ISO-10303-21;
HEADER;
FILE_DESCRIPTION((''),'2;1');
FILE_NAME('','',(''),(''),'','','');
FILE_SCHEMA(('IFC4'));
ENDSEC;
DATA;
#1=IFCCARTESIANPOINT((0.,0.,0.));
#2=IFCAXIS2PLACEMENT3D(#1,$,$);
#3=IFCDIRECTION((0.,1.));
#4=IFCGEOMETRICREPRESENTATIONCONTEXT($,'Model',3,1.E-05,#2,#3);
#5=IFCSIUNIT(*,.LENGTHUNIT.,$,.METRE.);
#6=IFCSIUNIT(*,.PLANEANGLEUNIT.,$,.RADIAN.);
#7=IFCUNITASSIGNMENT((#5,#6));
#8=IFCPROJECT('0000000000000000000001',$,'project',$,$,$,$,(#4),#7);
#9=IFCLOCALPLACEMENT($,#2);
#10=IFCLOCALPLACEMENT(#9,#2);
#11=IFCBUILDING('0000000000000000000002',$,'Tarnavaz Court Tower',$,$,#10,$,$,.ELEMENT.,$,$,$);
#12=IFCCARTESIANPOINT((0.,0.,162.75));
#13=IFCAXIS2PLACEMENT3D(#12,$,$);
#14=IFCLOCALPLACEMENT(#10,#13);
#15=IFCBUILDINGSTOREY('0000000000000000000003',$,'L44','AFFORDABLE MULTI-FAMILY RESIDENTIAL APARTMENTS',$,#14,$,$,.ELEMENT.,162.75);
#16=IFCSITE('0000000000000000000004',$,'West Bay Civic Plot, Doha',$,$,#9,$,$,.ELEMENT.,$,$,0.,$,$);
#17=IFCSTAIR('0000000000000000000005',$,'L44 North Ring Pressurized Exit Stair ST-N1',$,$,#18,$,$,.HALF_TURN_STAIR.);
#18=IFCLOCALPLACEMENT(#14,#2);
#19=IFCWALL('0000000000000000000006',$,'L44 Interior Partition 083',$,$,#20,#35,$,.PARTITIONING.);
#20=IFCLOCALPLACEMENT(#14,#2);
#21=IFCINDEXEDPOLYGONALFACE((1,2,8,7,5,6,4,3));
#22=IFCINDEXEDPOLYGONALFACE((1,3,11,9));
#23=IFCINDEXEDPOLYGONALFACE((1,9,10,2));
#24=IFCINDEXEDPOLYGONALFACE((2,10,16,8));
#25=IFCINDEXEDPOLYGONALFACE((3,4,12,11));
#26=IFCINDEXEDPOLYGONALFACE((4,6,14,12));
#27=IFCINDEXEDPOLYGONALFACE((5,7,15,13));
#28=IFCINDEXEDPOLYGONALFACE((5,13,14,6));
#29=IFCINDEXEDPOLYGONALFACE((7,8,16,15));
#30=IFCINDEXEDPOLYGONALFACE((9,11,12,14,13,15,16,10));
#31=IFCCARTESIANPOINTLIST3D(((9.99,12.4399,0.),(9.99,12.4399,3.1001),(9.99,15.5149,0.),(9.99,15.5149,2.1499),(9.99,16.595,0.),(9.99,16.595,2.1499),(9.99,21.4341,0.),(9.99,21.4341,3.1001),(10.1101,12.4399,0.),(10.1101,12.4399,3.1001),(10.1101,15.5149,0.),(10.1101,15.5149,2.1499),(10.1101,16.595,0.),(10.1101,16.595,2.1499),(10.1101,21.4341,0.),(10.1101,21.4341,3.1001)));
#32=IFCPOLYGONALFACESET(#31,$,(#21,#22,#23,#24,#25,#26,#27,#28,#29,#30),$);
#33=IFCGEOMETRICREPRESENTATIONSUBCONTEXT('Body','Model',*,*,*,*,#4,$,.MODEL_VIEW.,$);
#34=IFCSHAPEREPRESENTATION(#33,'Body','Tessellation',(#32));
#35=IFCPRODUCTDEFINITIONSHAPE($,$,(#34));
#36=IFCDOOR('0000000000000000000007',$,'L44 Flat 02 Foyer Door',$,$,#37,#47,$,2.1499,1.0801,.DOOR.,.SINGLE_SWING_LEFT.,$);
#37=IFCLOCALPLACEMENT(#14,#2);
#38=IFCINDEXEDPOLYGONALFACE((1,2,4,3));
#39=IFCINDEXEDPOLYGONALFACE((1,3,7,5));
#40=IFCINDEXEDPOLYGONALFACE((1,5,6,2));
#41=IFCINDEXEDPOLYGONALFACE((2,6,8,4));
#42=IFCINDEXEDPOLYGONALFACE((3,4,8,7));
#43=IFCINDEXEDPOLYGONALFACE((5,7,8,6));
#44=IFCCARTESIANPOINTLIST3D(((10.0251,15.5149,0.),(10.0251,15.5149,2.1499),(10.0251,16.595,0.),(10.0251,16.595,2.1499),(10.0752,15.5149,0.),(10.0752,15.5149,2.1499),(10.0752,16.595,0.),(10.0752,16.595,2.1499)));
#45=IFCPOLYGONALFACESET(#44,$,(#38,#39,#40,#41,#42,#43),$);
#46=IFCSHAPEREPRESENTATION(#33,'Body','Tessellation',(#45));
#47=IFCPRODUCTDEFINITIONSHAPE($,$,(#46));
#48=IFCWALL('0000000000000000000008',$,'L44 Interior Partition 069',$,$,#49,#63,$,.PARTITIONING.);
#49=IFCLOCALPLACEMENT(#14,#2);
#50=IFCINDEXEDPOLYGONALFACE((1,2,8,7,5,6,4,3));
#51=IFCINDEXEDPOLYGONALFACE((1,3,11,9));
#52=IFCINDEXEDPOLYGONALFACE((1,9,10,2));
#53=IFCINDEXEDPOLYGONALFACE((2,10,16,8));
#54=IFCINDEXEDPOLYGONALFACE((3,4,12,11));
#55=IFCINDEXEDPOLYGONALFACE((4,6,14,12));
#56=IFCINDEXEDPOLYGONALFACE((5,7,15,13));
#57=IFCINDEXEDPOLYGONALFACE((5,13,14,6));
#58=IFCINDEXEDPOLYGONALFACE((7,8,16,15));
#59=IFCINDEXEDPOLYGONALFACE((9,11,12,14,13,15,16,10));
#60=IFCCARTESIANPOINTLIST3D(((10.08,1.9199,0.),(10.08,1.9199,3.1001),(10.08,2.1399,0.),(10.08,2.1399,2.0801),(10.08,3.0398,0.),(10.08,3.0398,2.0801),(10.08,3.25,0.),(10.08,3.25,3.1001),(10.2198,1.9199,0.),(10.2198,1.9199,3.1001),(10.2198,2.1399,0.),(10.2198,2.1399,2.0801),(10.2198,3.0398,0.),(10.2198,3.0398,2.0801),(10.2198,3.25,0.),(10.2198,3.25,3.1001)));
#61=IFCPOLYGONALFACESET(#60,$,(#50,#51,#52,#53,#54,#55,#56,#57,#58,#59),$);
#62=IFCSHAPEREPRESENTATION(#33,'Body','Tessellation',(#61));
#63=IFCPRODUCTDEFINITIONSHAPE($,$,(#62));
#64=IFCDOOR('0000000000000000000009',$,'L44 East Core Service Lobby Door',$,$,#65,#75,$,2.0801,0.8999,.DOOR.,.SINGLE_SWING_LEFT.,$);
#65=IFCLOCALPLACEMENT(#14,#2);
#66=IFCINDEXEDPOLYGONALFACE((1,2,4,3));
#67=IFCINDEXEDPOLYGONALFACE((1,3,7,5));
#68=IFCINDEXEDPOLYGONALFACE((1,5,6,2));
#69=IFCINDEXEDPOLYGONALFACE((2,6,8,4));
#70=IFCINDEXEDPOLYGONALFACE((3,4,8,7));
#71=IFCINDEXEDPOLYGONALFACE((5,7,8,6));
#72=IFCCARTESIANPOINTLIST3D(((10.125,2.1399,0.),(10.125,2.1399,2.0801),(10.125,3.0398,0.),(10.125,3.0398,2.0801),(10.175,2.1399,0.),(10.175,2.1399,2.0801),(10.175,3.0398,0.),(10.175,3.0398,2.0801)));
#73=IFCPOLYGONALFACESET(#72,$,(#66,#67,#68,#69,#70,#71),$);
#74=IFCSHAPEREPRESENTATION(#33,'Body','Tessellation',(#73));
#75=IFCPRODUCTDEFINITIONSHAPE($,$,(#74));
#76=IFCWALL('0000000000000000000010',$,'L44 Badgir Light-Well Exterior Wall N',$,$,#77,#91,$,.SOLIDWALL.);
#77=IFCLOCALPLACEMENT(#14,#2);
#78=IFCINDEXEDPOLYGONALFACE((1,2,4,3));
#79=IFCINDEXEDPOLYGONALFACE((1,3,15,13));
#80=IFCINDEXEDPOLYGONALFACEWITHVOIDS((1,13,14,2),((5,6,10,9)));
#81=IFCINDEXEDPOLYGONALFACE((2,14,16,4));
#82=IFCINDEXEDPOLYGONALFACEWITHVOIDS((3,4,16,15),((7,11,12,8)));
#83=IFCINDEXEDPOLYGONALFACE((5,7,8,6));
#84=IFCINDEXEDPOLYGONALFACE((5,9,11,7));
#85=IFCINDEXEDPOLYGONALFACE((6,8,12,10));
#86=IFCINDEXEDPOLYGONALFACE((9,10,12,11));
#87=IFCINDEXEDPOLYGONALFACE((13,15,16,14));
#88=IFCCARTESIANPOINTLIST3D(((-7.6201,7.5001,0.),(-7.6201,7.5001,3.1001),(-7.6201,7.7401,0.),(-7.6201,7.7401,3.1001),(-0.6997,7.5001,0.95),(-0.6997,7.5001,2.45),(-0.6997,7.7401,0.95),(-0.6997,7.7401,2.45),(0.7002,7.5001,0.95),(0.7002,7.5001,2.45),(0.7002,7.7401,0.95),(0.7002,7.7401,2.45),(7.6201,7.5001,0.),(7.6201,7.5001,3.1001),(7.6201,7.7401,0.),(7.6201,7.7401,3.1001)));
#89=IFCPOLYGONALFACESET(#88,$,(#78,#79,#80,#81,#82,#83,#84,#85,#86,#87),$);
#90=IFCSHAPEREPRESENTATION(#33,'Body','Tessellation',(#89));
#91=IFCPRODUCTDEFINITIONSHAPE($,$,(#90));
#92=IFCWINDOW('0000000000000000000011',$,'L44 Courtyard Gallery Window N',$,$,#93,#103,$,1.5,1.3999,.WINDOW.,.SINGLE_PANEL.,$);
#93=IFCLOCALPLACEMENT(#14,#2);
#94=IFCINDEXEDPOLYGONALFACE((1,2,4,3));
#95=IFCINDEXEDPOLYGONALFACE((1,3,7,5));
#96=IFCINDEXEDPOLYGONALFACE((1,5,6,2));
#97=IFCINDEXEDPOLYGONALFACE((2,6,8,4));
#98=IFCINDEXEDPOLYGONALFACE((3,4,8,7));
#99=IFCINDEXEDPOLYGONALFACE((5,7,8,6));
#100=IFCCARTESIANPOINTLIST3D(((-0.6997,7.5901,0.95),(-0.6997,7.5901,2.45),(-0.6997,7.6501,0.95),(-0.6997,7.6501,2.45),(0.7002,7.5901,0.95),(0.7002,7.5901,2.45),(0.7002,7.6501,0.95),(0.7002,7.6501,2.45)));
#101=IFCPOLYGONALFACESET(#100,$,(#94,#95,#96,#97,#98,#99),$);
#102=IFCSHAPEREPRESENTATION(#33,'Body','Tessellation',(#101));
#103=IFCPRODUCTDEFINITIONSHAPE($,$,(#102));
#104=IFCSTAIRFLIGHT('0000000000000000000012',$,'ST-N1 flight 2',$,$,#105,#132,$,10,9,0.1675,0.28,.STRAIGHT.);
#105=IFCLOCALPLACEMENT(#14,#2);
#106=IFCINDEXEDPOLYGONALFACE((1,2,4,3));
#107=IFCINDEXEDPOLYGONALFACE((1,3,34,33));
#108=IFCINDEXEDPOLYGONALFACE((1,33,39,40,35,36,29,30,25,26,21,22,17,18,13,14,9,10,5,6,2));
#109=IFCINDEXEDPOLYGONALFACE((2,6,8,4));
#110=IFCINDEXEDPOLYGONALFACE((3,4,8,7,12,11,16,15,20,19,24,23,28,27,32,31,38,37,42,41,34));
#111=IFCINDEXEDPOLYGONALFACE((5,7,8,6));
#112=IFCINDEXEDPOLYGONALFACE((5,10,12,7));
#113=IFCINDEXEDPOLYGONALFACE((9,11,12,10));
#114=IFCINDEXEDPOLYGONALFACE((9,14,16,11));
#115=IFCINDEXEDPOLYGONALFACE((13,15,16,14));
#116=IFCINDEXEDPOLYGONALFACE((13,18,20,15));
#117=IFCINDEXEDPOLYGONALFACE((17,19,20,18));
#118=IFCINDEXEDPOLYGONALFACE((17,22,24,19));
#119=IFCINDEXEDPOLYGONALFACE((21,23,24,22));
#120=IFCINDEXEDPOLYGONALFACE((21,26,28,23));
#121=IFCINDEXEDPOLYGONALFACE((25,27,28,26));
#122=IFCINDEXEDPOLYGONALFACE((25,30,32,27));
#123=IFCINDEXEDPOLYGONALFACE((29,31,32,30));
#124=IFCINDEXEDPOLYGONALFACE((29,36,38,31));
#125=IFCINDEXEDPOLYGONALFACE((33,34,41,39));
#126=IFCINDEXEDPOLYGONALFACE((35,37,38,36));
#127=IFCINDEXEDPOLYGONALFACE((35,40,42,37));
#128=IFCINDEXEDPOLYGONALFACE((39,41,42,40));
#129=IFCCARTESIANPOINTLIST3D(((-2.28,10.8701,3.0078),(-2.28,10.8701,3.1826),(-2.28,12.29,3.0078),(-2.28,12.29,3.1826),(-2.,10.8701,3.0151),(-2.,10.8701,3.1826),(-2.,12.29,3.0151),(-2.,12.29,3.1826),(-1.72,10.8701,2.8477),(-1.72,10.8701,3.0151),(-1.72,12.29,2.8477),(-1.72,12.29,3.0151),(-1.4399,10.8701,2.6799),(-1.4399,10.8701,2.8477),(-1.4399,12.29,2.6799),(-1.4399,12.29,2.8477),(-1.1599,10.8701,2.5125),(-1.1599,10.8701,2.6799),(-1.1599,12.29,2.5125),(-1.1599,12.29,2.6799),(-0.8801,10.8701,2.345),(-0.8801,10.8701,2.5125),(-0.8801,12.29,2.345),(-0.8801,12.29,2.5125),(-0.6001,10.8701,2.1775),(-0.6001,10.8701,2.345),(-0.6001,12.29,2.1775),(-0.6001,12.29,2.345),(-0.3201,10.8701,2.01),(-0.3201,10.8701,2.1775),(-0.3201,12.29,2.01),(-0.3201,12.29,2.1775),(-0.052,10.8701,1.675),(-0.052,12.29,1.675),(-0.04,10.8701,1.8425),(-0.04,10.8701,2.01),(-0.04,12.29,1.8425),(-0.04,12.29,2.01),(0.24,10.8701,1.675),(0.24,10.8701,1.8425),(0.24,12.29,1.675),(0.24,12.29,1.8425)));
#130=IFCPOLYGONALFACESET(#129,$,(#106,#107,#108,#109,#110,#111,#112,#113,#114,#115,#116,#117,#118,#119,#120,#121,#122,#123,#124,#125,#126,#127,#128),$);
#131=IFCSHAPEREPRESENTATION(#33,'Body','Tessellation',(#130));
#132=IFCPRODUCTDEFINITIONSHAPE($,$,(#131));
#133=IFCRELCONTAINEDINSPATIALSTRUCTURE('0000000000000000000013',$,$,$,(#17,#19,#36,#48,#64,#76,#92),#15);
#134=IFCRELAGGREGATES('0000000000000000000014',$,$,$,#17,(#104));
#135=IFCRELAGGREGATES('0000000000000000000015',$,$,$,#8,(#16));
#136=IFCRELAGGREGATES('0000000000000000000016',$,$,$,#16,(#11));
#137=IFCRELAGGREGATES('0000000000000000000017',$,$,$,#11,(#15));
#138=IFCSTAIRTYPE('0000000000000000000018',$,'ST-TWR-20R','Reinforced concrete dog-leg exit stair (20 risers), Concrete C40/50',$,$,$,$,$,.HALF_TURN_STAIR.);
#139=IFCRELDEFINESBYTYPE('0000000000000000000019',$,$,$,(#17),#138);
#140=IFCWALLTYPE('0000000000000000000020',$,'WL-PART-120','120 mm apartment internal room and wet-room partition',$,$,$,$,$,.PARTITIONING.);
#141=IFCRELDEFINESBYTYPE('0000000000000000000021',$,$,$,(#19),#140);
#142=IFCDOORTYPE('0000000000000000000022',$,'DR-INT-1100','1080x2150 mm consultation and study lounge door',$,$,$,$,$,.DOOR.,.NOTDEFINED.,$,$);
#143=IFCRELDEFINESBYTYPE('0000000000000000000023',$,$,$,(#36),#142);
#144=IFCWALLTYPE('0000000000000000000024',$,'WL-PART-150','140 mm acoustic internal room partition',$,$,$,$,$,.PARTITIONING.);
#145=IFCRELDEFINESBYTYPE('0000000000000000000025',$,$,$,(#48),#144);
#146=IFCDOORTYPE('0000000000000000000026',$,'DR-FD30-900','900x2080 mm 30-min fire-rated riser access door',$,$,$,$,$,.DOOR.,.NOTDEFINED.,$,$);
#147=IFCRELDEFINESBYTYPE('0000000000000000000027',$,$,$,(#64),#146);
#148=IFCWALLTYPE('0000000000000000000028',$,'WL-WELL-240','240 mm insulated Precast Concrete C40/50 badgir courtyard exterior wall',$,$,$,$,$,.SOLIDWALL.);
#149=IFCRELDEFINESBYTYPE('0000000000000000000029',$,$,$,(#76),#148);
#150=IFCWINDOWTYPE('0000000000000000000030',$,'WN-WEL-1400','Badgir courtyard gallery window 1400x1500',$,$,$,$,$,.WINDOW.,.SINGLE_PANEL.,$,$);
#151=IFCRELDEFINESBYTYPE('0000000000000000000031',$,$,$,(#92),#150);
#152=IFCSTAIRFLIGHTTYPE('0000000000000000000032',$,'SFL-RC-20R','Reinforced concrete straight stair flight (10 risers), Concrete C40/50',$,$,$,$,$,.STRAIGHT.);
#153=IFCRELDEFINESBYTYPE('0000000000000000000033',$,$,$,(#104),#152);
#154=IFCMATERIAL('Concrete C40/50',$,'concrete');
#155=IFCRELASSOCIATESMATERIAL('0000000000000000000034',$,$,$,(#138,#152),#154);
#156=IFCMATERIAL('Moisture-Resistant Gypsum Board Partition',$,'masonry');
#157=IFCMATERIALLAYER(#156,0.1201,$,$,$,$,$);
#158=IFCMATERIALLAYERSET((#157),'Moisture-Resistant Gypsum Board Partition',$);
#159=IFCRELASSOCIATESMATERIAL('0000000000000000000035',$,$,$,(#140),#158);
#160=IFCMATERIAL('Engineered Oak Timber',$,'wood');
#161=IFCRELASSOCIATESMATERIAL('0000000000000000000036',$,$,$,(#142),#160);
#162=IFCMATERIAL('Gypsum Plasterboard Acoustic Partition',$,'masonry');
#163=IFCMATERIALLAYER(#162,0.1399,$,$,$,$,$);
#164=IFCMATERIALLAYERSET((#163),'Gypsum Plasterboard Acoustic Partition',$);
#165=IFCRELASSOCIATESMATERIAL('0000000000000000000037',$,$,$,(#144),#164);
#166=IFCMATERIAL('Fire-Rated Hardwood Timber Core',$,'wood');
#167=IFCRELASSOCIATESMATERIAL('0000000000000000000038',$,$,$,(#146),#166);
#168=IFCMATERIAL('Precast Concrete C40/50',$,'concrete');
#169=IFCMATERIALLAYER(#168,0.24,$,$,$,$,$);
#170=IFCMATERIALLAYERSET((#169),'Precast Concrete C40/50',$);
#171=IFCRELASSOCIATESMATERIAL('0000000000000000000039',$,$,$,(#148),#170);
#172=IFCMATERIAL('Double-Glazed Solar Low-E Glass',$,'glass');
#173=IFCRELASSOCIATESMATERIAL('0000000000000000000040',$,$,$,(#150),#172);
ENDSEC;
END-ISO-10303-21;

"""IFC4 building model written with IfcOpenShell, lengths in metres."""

from ifc_helpers import new_model, si_unit, direction, frame, frame_2d, origin, place, context, subcontext, project, spatial, polyline, rectangle, outline, extrude, material, layer, layer_set, type_object, element, fill, aggregate, save


model = new_model("IFC4")

# Units and contexts
model_context = context("Model", 3, precision=1e-05, world=origin(), true_north=direction((0.0, 1.0)))
body_context = subcontext(model_context, "Body", "Model", "MODEL_VIEW")
ifc_project = project(units=[si_unit("LENGTHUNIT", "METRE"), si_unit("PLANEANGLEUNIT", "RADIAN")], contexts=[model_context])

# Site, building, storey
site_placement = place(None, origin())
site = spatial("IfcSite", under=ifc_project, at=site_placement, Name="West Bay Civic Plot, Doha", CompositionType="ELEMENT", RefElevation=0.0)
building_placement = place(site_placement, origin())
building = spatial("IfcBuilding", under=site, at=building_placement, Name="Tarnavaz Court Tower", CompositionType="ELEMENT")
storey_placement = place(building_placement, frame((0.0, 0.0, 162.75)))
storey = spatial("IfcBuildingStorey", under=building, at=storey_placement, Name="L44", Description="AFFORDABLE MULTI-FAMILY RESIDENTIAL APARTMENTS", CompositionType="ELEMENT", Elevation=162.75)

# Stair
ifc_material_1 = material(Name="Concrete C40/50", Category="concrete")
stair_type = type_object("IfcStairType", Name="ST-TWR-20R", Description="Reinforced concrete dog-leg exit stair (20 risers), Concrete C40/50", PredefinedType="HALF_TURN_STAIR", material=ifc_material_1)
stair_1_placement = place(storey_placement, origin())
stair_1 = element("IfcStair", 1, at=stair_1_placement, inside=storey, type_object=stair_type, Name="L44 North Ring Pressurized Exit Stair ST-N1", PredefinedType="HALF_TURN_STAIR")

# Shared definitions
ifc_material_2 = material(Name="Fire-Rated Hardwood Timber Core", Category="wood")

# Walls, openings, doors
ifc_material_3 = material(Name="Moisture-Resistant Gypsum Board Partition", Category="masonry")
ifc_layer_1 = layer(ifc_material_3, 0.1201)
ifc_layer_set_1 = layer_set([ifc_layer_1], Name="Moisture-Resistant Gypsum Board Partition")
wall_type_1 = type_object("IfcWallType", Name="WL-PART-120", Description="120 mm apartment internal room and wet-room partition", PredefinedType="PARTITIONING", material=ifc_layer_set_1)
wall_1_placement = place(storey_placement, frame((10.05, 12.4399, 0.0), z_axis=(0.0, 0.0, 1.0), x_axis=(0.0, 1.0, 0.0)))
wall_1 = element("IfcWall", 2, at=wall_1_placement, inside=storey, type_object=wall_type_1, Name="L44 Interior Partition 083", PredefinedType="PARTITIONING", context=body_context, shape_type="SweptSolid", body=[
    extrude(rectangle(XDim=8.9941, YDim=0.1201, at=frame_2d((4.4971, 0.0))), origin(), (0.0, 0.0, 1.0), 3.1001),
])
opening_1_placement = place(wall_1_placement, frame((3.075, 0.0, 0.0)))
opening_1 = element("IfcOpeningElement", 3, at=opening_1_placement, cuts=wall_1, PredefinedType="OPENING", context=body_context, shape_type="SweptSolid", body=[
    extrude(rectangle(XDim=1.0801, YDim=2.1499, at=frame_2d((0.54, 1.075))), frame((0.0, 0.0701, 0.0), z_axis=(0.0, -1.0, 0.0), x_axis=(1.0, 0.0, 0.0)), (0.0, 0.0, 1.0), 0.1401),
])
ifc_material_4 = material(Name="Engineered Oak Timber", Category="wood")
door_type_1 = type_object("IfcDoorType", Name="DR-INT-1100", Description="1080x2150 mm consultation and study lounge door", OperationType="NOTDEFINED", PredefinedType="DOOR", material=ifc_material_4)
door_1_placement = place(opening_1_placement, origin())
door_1 = element("IfcDoor", 4, at=door_1_placement, inside=storey, type_object=door_type_1, Name="L44 Flat 02 Foyer Door", OperationType="SINGLE_SWING_LEFT", OverallHeight=2.1499, OverallWidth=1.0801, PredefinedType="DOOR", context=body_context, shape_type="SweptSolid", body=[
    extrude(rectangle(XDim=1.0801, YDim=2.1499, at=frame_2d((0.54, 1.075))), frame((0.0, 0.0249, 0.0), z_axis=(0.0, -1.0, 0.0), x_axis=(1.0, 0.0, 0.0)), (0.0, 0.0, 1.0), 0.05),
])
fill(opening_1, door_1)
ifc_material_5 = material(Name="Gypsum Plasterboard Acoustic Partition", Category="masonry")
ifc_layer_2 = layer(ifc_material_5, 0.1399)
ifc_layer_set_2 = layer_set([ifc_layer_2], Name="Gypsum Plasterboard Acoustic Partition")
wall_type_2 = type_object("IfcWallType", Name="WL-PART-150", Description="140 mm acoustic internal room partition", PredefinedType="PARTITIONING", material=ifc_layer_set_2)
wall_2_placement = place(storey_placement, frame((10.1499, 1.9199, 0.0), z_axis=(0.0, 0.0, 1.0), x_axis=(0.0, 1.0, 0.0)))
wall_2 = element("IfcWall", 5, at=wall_2_placement, inside=storey, type_object=wall_type_2, Name="L44 Interior Partition 069", PredefinedType="PARTITIONING", context=body_context, shape_type="SweptSolid", body=[
    extrude(rectangle(XDim=1.3301, YDim=0.1399, at=frame_2d((0.665, 0.0))), origin(), (0.0, 0.0, 1.0), 3.1001),
])
opening_2_placement = place(wall_2_placement, frame((0.22, 0.0, 0.0)))
opening_2 = element("IfcOpeningElement", 6, at=opening_2_placement, cuts=wall_2, PredefinedType="OPENING", context=body_context, shape_type="SweptSolid", body=[
    extrude(rectangle(XDim=0.8999, YDim=2.0801, at=frame_2d((0.45, 1.04))), frame((0.0, 0.0798, 0.0), z_axis=(0.0, -1.0, 0.0), x_axis=(1.0, 0.0, 0.0)), (0.0, 0.0, 1.0), 0.1599),
])
door_type_2 = type_object("IfcDoorType", Name="DR-FD30-900", Description="900x2080 mm 30-min fire-rated riser access door", OperationType="NOTDEFINED", PredefinedType="DOOR", material=ifc_material_2)
door_2_placement = place(opening_2_placement, origin())
door_2 = element("IfcDoor", 7, at=door_2_placement, inside=storey, type_object=door_type_2, Name="L44 East Core Service Lobby Door", OperationType="SINGLE_SWING_LEFT", OverallHeight=2.0801, OverallWidth=0.8999, PredefinedType="DOOR", context=body_context, shape_type="SweptSolid", body=[
    extrude(rectangle(XDim=0.8999, YDim=2.0801, at=frame_2d((0.45, 1.04))), frame((0.0, 0.0249, 0.0), z_axis=(0.0, -1.0, 0.0), x_axis=(1.0, 0.0, 0.0)), (0.0, 0.0, 1.0), 0.05),
])
fill(opening_2, door_2)

# Wall, opening, window
ifc_material_6 = material(Name="Precast Concrete C40/50", Category="concrete")
ifc_layer_3 = layer(ifc_material_6, 0.24)
ifc_layer_set_3 = layer_set([ifc_layer_3], Name="Precast Concrete C40/50")
wall_type_3 = type_object("IfcWallType", Name="WL-WELL-240", Description="240 mm insulated Precast Concrete C40/50 badgir courtyard exterior wall", PredefinedType="SOLIDWALL", material=ifc_layer_set_3)
wall_3_placement = place(storey_placement, frame((7.6201, 7.6201, 0.0), z_axis=(0.0, 0.0, 1.0), x_axis=(-1.0, 0.0, 0.0)))
wall_3 = element("IfcWall", 8, at=wall_3_placement, inside=storey, type_object=wall_type_3, Name="L44 Badgir Light-Well Exterior Wall N", PredefinedType="SOLIDWALL", context=body_context, shape_type="SweptSolid", body=[
    extrude(rectangle(XDim=15.2402, YDim=0.24, at=frame_2d((7.6201, 0.0))), origin(), (0.0, 0.0, 1.0), 3.1001),
])
opening_3_placement = place(wall_3_placement, frame((6.9199, 0.0, 0.95)))
opening_3 = element("IfcOpeningElement", 9, at=opening_3_placement, cuts=wall_3, PredefinedType="OPENING", context=body_context, shape_type="SweptSolid", body=[
    extrude(rectangle(XDim=1.3999, YDim=1.5, at=frame_2d((0.7, 0.75))), frame((0.0, 0.1299, 0.0), z_axis=(0.0, -1.0, 0.0), x_axis=(1.0, 0.0, 0.0)), (0.0, 0.0, 1.0), 0.26),
])
ifc_material_7 = material(Name="Double-Glazed Solar Low-E Glass", Category="glass")
window_type = type_object("IfcWindowType", Name="WN-WEL-1400", Description="Badgir courtyard gallery window 1400x1500", PartitioningType="SINGLE_PANEL", PredefinedType="WINDOW", material=ifc_material_7)
window_placement = place(opening_3_placement, origin())
window = element("IfcWindow", 10, at=window_placement, inside=storey, type_object=window_type, Name="L44 Courtyard Gallery Window N", OverallHeight=1.5, OverallWidth=1.3999, PartitioningType="SINGLE_PANEL", PredefinedType="WINDOW", context=body_context, shape_type="SweptSolid", body=[
    extrude(rectangle(XDim=1.3999, YDim=1.5, at=frame_2d((0.7, 0.75))), frame((0.0, 0.03, 0.0), z_axis=(0.0, -1.0, 0.0), x_axis=(1.0, 0.0, 0.0)), (0.0, 0.0, 1.0), 0.0601),
])
fill(opening_3, window)

# Stair flight
stair_flight_type = type_object("IfcStairFlightType", Name="SFL-RC-20R", Description="Reinforced concrete straight stair flight (10 risers), Concrete C40/50", PredefinedType="STRAIGHT", material=ifc_material_1)
stair_flight_placement = place(storey_placement, frame((0.24, 11.5801, 1.675), z_axis=(0.0, 0.0, 1.0), x_axis=(-1.0, 0.0, 0.0)))
stair_flight = element("IfcStairFlight", 11, at=stair_flight_placement, type_object=stair_flight_type, Name="ST-N1 flight 2", NumberOfRisers=10, NumberOfTreads=9, PredefinedType="STRAIGHT", RiserHeight=0.1675, TreadLength=0.28, context=body_context, shape_type="SweptSolid", body=[
    extrude(outline(polyline([(0.0, 0.0), (0.0, 0.1675), (0.28, 0.1675), (0.28, 0.335), (0.5601, 0.335), (0.5601, 0.5024), (0.8401, 0.5024), (0.8401, 0.6699), (1.1201, 0.6699), (1.1201, 0.8374), (1.3999, 0.8374), (1.3999, 1.0049), (1.6799, 1.0049), (1.6799, 1.1726), (1.96, 1.1726), (1.96, 1.3401), (2.24, 1.3401), (2.24, 1.5076), (2.52, 1.5076), (2.52, 1.675), (2.52, 1.3328), (0.292, 0.0), (0.0, 0.0)])), frame((0.0, 0.71, 0.0), z_axis=(0.0, -1.0, 0.0), x_axis=(1.0, 0.0, 0.0)), (0.0, 0.0, 1.0), 1.4199),
])
aggregate(stair_1, [stair_flight])

save(model, "model.ifc")
